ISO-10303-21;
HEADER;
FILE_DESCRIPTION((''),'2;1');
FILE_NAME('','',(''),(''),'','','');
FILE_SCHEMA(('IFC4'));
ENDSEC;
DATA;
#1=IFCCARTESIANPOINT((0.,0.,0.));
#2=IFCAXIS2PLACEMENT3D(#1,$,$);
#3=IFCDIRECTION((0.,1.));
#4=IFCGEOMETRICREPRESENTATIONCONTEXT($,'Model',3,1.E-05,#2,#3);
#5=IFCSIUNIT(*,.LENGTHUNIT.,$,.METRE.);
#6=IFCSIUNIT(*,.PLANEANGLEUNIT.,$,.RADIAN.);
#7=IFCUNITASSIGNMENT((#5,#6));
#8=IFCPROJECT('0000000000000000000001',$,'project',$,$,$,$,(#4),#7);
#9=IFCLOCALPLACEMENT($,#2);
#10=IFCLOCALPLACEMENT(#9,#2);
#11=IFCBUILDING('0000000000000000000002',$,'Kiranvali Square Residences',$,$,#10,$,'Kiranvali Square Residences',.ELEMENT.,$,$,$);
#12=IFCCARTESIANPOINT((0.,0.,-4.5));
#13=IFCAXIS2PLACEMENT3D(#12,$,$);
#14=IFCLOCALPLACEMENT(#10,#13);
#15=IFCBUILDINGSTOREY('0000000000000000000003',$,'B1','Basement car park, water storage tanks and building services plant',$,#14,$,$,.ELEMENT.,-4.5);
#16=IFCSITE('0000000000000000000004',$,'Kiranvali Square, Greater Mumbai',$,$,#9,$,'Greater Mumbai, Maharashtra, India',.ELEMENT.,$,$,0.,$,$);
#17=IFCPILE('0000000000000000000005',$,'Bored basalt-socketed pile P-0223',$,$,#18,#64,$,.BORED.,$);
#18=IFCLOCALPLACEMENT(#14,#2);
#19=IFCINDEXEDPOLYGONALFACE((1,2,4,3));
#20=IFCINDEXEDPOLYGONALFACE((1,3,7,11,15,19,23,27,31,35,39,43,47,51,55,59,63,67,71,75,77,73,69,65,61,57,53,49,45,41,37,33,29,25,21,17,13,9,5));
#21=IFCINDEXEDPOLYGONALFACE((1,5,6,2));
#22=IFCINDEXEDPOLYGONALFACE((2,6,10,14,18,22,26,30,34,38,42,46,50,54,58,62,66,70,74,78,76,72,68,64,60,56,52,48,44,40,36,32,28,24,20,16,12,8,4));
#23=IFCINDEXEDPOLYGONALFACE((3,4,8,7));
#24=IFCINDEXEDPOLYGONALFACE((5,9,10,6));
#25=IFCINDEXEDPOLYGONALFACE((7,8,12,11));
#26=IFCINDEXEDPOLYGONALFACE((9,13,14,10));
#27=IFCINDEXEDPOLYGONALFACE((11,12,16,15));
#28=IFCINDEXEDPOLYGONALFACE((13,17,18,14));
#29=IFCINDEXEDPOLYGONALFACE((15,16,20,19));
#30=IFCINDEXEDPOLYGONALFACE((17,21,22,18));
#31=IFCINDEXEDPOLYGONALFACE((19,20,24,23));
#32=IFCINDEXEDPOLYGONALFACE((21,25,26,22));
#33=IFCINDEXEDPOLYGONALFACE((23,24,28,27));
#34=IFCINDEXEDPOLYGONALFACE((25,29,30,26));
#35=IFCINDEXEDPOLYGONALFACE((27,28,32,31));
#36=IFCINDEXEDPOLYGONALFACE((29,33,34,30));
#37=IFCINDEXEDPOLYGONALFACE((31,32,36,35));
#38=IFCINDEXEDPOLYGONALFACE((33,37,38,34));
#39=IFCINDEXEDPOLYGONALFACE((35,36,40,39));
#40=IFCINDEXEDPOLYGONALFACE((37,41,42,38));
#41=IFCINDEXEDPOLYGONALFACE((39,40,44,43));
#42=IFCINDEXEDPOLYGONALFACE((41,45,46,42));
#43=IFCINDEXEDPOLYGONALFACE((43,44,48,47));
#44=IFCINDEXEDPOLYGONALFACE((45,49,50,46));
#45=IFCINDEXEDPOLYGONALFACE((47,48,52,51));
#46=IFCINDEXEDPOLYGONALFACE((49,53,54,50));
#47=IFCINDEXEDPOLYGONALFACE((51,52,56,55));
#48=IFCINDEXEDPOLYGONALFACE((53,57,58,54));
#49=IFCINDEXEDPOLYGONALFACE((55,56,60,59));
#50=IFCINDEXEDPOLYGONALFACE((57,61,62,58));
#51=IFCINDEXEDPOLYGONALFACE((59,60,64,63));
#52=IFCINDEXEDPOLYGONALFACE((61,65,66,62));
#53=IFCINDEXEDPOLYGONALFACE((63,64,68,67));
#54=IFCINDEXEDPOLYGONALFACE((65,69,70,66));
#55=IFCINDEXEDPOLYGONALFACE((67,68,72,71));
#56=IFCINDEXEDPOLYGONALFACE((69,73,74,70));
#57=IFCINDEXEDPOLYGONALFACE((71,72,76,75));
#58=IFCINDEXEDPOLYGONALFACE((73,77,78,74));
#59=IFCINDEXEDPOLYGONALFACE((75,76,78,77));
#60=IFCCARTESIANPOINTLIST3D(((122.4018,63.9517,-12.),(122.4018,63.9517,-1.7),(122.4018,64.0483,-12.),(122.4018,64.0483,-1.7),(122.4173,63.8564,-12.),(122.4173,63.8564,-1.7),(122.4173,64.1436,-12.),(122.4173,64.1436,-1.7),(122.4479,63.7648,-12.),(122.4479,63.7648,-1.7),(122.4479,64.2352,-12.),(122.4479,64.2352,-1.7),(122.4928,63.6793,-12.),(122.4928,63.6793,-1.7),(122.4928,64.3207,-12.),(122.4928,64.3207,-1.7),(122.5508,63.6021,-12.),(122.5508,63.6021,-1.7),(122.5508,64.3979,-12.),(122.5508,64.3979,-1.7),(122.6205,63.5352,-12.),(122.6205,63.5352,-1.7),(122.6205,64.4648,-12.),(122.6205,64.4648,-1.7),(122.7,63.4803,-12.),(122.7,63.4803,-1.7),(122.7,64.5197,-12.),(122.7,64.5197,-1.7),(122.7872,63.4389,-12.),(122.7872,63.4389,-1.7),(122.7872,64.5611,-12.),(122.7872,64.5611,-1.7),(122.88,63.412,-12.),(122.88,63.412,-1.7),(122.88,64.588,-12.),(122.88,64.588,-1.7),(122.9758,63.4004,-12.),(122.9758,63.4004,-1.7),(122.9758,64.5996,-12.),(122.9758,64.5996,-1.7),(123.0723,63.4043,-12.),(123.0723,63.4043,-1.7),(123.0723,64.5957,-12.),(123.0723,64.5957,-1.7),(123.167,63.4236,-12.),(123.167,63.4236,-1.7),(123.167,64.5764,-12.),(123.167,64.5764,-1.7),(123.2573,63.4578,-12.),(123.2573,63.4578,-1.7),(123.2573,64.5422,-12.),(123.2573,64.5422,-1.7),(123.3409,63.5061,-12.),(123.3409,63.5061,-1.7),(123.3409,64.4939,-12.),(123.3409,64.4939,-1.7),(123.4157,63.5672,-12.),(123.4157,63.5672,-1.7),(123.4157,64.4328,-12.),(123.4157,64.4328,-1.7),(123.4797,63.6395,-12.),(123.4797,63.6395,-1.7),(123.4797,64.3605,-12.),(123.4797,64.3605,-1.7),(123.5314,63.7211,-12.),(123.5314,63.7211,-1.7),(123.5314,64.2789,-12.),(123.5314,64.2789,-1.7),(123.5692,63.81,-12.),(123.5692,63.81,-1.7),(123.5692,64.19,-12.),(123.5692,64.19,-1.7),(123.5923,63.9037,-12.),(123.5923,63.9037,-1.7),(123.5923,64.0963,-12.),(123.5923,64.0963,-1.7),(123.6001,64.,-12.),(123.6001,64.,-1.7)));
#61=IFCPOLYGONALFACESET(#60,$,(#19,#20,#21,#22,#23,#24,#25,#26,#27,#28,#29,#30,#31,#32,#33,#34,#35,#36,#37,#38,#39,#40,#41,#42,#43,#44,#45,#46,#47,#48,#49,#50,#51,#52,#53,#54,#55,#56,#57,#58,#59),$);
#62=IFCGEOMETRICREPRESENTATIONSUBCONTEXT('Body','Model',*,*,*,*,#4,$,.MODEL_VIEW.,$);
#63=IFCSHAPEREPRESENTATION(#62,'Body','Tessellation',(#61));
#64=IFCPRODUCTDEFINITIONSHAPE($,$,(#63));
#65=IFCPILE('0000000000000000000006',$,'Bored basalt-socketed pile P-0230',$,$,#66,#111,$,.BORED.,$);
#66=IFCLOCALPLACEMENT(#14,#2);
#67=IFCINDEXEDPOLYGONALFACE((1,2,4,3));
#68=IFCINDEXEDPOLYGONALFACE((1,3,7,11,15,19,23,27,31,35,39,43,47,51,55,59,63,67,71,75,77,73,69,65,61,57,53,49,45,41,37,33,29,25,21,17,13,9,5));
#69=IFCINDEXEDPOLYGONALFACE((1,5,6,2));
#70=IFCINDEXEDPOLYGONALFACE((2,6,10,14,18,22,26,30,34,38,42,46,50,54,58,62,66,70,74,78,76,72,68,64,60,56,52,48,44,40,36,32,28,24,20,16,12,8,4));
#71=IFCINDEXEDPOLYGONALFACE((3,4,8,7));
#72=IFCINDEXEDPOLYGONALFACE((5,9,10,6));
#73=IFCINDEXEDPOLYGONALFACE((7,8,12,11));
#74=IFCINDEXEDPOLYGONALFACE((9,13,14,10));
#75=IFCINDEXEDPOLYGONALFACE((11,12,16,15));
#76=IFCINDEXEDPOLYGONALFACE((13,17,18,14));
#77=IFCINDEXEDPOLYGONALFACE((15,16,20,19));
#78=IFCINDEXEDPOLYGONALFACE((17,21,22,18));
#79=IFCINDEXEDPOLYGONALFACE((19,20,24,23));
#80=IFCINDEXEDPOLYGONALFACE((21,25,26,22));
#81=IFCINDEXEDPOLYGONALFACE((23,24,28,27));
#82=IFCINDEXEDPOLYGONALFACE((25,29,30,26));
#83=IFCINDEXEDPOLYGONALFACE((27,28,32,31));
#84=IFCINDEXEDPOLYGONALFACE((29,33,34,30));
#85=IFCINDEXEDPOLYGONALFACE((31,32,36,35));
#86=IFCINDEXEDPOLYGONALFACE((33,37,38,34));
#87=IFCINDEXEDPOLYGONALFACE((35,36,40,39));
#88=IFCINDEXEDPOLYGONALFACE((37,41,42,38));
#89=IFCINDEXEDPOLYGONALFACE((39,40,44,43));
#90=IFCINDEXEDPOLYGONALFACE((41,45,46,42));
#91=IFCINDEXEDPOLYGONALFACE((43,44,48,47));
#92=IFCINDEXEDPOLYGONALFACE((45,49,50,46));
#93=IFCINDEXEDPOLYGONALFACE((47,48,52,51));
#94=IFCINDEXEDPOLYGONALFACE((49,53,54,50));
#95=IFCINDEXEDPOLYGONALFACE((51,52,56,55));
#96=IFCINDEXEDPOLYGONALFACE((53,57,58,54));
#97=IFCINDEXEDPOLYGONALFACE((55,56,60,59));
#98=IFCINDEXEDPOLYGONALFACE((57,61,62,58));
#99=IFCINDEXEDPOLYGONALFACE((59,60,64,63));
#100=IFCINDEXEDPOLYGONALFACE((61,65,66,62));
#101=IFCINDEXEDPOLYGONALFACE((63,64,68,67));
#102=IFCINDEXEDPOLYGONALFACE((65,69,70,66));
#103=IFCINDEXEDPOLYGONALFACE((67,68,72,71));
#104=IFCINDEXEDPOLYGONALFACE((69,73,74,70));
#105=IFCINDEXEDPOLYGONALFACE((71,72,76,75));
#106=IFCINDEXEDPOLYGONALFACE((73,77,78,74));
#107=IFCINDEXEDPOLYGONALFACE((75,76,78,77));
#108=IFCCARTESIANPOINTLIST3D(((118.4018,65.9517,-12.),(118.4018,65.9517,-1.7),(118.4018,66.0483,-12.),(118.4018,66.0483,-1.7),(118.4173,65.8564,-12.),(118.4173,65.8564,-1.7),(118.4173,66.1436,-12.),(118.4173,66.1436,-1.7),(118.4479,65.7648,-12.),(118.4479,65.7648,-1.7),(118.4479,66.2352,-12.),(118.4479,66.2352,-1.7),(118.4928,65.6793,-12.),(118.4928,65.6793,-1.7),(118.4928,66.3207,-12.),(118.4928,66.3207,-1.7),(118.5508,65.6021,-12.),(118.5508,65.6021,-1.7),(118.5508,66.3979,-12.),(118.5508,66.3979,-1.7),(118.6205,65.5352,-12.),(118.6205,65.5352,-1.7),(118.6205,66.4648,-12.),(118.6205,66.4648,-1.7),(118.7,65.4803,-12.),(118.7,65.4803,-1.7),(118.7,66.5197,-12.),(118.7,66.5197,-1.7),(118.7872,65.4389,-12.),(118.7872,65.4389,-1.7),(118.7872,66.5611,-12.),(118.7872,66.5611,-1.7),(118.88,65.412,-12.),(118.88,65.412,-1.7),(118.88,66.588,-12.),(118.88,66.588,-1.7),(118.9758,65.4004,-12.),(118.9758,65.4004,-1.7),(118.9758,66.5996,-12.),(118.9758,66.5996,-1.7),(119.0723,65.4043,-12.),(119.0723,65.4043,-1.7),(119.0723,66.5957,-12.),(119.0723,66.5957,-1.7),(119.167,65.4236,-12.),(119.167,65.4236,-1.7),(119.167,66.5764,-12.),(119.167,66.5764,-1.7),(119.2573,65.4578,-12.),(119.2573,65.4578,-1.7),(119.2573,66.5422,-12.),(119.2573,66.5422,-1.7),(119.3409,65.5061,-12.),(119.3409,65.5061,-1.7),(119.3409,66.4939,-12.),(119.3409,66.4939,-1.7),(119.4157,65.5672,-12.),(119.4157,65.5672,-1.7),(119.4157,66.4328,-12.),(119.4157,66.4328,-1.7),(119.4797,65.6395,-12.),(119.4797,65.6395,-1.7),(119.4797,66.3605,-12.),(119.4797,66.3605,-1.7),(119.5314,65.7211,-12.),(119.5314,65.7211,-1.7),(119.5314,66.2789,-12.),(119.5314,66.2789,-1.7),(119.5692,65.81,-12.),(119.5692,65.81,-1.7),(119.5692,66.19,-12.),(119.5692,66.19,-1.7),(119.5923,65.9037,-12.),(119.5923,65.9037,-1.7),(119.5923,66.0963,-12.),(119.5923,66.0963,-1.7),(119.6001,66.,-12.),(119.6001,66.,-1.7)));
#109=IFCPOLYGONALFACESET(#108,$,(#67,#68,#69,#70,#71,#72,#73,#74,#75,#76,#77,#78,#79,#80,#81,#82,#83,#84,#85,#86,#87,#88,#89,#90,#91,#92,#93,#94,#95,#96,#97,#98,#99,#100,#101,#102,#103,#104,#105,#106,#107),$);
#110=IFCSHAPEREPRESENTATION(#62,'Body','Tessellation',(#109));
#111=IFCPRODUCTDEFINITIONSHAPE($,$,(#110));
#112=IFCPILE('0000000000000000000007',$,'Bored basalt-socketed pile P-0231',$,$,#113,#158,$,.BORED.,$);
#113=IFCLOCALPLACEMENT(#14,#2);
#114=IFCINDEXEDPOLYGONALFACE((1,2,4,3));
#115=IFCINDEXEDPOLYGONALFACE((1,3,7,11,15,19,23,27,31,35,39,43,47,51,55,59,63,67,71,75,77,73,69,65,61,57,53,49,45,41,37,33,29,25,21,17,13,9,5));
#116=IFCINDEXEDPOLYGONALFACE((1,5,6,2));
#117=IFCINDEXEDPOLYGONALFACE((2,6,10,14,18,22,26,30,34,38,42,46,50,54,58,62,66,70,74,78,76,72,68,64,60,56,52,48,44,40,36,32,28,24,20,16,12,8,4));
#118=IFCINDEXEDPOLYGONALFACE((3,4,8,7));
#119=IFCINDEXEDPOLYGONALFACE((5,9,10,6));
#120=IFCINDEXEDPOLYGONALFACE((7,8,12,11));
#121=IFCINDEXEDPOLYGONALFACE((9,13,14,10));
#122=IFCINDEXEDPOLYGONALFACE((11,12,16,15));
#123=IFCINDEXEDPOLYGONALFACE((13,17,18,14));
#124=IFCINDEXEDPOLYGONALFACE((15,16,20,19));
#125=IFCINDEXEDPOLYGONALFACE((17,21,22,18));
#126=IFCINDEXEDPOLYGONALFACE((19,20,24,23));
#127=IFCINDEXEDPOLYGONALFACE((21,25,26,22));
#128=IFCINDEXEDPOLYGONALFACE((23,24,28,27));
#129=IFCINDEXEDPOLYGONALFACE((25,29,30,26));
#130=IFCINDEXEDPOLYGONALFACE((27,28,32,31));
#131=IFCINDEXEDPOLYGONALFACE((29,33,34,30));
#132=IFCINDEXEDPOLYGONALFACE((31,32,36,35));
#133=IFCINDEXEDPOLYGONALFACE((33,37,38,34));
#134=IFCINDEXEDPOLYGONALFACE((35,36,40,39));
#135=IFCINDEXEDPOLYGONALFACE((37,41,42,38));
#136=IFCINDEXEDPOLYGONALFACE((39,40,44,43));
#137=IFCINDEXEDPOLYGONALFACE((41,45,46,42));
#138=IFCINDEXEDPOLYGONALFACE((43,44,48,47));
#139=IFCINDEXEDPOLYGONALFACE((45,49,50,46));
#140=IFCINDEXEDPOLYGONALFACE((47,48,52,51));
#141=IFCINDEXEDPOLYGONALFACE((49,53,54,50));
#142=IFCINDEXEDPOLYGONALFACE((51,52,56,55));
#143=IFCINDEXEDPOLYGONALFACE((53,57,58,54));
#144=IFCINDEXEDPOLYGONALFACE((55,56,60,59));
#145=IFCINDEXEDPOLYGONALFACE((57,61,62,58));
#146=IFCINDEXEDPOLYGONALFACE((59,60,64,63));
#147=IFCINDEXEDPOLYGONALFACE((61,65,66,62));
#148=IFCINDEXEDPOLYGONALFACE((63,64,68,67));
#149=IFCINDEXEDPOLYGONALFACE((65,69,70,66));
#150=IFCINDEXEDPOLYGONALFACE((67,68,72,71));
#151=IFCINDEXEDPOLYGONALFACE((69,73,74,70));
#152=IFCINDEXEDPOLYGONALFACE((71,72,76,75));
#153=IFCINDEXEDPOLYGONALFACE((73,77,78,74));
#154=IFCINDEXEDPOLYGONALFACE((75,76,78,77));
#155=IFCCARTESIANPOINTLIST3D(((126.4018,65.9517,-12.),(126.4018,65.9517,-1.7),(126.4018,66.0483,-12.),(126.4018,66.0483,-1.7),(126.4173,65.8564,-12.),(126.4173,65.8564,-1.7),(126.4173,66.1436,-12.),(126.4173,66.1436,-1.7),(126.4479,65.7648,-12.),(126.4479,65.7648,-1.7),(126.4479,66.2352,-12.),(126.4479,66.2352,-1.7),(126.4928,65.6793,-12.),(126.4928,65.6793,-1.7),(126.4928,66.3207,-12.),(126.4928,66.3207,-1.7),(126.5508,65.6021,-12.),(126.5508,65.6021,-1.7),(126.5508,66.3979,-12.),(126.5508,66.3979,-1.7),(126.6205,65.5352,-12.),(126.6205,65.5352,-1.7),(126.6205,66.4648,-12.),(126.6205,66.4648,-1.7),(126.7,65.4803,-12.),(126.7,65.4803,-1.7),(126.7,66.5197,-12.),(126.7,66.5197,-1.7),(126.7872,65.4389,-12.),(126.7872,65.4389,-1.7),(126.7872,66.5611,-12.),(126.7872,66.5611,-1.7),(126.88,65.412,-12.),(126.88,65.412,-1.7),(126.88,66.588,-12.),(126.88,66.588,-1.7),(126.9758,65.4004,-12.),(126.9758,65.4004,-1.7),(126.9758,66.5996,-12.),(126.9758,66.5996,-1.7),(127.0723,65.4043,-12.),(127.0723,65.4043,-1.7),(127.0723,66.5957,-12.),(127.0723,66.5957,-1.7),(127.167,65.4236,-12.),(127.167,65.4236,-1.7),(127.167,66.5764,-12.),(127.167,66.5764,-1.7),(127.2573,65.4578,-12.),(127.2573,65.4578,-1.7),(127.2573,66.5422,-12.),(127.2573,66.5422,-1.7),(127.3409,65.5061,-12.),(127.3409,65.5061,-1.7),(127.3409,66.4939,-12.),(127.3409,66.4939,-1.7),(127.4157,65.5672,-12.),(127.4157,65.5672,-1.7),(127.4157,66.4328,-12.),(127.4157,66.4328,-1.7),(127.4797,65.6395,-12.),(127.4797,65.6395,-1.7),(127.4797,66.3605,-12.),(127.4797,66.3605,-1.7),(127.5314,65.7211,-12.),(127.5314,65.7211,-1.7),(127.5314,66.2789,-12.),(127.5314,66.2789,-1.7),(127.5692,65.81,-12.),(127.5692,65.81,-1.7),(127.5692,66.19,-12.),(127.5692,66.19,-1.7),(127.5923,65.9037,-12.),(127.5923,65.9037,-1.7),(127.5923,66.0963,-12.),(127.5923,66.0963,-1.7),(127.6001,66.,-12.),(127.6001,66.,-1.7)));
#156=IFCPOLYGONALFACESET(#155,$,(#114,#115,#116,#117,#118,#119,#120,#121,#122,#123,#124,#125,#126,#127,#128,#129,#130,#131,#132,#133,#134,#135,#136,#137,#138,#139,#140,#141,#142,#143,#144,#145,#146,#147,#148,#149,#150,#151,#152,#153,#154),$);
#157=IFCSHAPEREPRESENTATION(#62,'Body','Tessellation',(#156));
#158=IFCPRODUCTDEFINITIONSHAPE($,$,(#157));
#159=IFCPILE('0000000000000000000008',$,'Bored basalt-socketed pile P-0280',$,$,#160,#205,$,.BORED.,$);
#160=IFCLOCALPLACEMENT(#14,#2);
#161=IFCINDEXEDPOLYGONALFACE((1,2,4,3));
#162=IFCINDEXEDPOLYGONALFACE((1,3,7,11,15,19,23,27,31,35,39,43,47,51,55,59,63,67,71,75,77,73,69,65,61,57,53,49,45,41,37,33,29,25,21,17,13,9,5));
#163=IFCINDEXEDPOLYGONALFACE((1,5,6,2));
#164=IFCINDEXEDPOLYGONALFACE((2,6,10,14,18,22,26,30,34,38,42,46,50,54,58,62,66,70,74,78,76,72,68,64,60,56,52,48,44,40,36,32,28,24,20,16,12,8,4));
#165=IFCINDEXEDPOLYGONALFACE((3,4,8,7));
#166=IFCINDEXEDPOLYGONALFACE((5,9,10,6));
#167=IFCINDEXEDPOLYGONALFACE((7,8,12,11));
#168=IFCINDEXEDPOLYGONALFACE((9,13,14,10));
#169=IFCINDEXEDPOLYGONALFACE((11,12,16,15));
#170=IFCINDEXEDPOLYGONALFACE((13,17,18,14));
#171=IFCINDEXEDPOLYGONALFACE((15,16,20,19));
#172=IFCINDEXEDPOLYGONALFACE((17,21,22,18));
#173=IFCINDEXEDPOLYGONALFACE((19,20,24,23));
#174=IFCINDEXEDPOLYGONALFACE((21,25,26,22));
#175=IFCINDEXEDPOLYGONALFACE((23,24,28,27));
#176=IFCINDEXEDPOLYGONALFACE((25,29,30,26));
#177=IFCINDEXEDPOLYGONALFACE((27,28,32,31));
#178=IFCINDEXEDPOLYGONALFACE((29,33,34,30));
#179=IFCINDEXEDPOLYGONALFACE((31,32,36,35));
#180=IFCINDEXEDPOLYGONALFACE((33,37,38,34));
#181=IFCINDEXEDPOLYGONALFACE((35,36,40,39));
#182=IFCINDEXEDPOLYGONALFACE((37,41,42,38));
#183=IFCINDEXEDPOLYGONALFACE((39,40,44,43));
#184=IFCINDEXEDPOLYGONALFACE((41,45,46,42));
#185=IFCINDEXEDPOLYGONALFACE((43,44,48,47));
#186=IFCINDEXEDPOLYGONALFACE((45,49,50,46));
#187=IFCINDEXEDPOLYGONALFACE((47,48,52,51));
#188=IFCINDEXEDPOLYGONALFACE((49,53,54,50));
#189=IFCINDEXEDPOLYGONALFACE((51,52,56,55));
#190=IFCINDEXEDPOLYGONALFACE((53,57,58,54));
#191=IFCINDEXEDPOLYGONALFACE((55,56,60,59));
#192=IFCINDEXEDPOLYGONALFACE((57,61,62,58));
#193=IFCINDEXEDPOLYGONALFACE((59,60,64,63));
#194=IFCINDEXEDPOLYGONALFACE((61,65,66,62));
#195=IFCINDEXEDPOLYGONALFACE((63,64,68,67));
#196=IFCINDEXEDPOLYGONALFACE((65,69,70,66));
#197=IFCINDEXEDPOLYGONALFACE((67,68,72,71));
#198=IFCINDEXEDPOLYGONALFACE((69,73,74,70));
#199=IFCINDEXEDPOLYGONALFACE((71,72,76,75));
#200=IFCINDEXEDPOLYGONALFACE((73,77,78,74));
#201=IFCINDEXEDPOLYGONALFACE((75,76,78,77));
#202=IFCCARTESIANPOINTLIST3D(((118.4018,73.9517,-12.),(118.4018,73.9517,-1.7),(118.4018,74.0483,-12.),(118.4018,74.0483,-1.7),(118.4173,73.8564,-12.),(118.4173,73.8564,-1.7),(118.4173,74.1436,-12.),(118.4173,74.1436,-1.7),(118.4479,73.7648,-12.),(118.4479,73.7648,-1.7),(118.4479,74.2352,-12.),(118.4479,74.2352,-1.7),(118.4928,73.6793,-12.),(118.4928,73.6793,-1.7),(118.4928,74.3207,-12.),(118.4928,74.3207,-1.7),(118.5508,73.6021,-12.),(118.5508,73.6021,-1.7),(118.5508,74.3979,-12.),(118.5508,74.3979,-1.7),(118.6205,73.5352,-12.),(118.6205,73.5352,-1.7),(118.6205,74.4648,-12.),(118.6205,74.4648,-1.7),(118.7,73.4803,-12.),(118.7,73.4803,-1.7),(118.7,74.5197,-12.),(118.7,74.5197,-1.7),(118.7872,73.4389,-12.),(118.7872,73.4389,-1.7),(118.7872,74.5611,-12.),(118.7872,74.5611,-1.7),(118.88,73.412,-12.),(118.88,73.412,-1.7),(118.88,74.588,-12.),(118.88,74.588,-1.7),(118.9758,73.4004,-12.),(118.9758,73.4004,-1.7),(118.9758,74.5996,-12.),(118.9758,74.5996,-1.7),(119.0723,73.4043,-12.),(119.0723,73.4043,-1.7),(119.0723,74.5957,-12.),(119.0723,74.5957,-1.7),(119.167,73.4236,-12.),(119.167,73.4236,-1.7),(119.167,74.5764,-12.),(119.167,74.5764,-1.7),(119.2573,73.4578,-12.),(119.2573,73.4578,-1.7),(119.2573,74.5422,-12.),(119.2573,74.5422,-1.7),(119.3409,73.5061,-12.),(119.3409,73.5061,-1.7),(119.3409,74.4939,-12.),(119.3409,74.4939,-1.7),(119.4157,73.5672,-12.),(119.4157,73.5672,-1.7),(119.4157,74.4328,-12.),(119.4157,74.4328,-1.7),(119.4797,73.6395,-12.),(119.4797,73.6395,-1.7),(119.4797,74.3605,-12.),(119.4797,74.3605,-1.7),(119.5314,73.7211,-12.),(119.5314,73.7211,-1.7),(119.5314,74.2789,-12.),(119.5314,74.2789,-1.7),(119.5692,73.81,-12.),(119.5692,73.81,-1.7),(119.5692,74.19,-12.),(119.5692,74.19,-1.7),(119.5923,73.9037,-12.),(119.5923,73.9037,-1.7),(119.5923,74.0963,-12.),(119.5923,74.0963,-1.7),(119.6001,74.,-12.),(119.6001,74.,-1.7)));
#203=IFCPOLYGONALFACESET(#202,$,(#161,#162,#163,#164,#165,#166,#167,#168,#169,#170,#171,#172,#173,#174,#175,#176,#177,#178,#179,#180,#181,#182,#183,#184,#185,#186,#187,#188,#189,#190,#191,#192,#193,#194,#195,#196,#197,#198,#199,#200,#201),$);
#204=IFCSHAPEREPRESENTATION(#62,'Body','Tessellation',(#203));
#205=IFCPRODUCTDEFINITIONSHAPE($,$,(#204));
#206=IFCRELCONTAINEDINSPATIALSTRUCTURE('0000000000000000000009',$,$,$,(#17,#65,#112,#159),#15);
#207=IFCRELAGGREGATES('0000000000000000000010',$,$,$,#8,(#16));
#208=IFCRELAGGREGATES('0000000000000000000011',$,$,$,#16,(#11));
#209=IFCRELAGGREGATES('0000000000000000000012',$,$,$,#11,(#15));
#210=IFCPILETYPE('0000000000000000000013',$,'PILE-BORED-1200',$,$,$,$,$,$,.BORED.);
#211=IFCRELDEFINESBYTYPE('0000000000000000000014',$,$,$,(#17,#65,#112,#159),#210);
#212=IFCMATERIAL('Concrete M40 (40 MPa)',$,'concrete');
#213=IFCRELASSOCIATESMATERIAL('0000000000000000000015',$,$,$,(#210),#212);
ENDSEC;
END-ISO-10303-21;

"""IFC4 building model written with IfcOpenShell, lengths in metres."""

from ifc_helpers import new_model, si_unit, direction, frame, origin, origin_2d, place, context, subcontext, project, spatial, circle, extrude, material, material_profile, profile_set, type_object, element, save


model = new_model("IFC4")

# Units and contexts
model_context = context("Model", 3, precision=1e-05, world=origin(), true_north=direction((0.0, 1.0)))
body_context = subcontext(model_context, "Body", "Model", "MODEL_VIEW")
ifc_project = project(units=[si_unit("LENGTHUNIT", "METRE"), si_unit("PLANEANGLEUNIT", "RADIAN")], contexts=[model_context])

# Site, building, storey
site_placement = place(None, origin())
site = spatial("IfcSite", under=ifc_project, at=site_placement, Name="Kiranvali Square, Greater Mumbai", LongName="Greater Mumbai, Maharashtra, India", CompositionType="ELEMENT", RefElevation=0.0)
building_placement = place(site_placement, origin())
building = spatial("IfcBuilding", under=site, at=building_placement, Name="Kiranvali Square Residences", LongName="Kiranvali Square Residences", CompositionType="ELEMENT")
storey_placement = place(building_placement, frame((0.0, 0.0, -4.5)))
storey = spatial("IfcBuildingStorey", under=building, at=storey_placement, Name="B1", Description="Basement car park, water storage tanks and building services plant", CompositionType="ELEMENT", Elevation=-4.5)

# Shared definitions
ifc_material_1 = material(Name="Concrete M40 (40 MPa)", Category="concrete")

# Piles
ifc_material_profile_1 = material_profile(ifc_material_1, circle(Radius=0.6001, at=origin_2d()), Name="BORED PILE 1200")
ifc_profile_set_1 = profile_set([ifc_material_profile_1], Name="Concrete M40 (40 MPa)")
pile_type = type_object("IfcPileType", Name="PILE-BORED-1200", PredefinedType="BORED", material=ifc_profile_set_1)
for number, where, z_axis, x_axis, name in (
    (1, (123.0, 64.0, -1.7), (0.0, 0.0, -1.0), (1.0, 0.0, 0.0), "Bored basalt-socketed pile P-0223"),
    (2, (119.0, 66.0, -1.7), (0.0, 0.0, -1.0), (1.0, 0.0, 0.0), "Bored basalt-socketed pile P-0230"),
    (3, (127.0, 66.0, -1.7), (0.0, 0.0, -1.0), (1.0, 0.0, 0.0), "Bored basalt-socketed pile P-0231"),
    (4, (119.0, 74.0, -1.7), (0.0, 0.0, -1.0), (1.0, 0.0, 0.0), "Bored basalt-socketed pile P-0280"),
):
    element("IfcPile", number, at=place(storey_placement, frame(where, z_axis=z_axis, x_axis=x_axis)), inside=storey, type_object=pile_type, Name=name, PredefinedType="BORED", context=body_context, shape_type="SweptSolid", body=[
        extrude(circle(Radius=0.6001, at=origin_2d()), origin(), (0.0, 0.0, 1.0), 10.3),
    ])

save(model, "model.ifc")
